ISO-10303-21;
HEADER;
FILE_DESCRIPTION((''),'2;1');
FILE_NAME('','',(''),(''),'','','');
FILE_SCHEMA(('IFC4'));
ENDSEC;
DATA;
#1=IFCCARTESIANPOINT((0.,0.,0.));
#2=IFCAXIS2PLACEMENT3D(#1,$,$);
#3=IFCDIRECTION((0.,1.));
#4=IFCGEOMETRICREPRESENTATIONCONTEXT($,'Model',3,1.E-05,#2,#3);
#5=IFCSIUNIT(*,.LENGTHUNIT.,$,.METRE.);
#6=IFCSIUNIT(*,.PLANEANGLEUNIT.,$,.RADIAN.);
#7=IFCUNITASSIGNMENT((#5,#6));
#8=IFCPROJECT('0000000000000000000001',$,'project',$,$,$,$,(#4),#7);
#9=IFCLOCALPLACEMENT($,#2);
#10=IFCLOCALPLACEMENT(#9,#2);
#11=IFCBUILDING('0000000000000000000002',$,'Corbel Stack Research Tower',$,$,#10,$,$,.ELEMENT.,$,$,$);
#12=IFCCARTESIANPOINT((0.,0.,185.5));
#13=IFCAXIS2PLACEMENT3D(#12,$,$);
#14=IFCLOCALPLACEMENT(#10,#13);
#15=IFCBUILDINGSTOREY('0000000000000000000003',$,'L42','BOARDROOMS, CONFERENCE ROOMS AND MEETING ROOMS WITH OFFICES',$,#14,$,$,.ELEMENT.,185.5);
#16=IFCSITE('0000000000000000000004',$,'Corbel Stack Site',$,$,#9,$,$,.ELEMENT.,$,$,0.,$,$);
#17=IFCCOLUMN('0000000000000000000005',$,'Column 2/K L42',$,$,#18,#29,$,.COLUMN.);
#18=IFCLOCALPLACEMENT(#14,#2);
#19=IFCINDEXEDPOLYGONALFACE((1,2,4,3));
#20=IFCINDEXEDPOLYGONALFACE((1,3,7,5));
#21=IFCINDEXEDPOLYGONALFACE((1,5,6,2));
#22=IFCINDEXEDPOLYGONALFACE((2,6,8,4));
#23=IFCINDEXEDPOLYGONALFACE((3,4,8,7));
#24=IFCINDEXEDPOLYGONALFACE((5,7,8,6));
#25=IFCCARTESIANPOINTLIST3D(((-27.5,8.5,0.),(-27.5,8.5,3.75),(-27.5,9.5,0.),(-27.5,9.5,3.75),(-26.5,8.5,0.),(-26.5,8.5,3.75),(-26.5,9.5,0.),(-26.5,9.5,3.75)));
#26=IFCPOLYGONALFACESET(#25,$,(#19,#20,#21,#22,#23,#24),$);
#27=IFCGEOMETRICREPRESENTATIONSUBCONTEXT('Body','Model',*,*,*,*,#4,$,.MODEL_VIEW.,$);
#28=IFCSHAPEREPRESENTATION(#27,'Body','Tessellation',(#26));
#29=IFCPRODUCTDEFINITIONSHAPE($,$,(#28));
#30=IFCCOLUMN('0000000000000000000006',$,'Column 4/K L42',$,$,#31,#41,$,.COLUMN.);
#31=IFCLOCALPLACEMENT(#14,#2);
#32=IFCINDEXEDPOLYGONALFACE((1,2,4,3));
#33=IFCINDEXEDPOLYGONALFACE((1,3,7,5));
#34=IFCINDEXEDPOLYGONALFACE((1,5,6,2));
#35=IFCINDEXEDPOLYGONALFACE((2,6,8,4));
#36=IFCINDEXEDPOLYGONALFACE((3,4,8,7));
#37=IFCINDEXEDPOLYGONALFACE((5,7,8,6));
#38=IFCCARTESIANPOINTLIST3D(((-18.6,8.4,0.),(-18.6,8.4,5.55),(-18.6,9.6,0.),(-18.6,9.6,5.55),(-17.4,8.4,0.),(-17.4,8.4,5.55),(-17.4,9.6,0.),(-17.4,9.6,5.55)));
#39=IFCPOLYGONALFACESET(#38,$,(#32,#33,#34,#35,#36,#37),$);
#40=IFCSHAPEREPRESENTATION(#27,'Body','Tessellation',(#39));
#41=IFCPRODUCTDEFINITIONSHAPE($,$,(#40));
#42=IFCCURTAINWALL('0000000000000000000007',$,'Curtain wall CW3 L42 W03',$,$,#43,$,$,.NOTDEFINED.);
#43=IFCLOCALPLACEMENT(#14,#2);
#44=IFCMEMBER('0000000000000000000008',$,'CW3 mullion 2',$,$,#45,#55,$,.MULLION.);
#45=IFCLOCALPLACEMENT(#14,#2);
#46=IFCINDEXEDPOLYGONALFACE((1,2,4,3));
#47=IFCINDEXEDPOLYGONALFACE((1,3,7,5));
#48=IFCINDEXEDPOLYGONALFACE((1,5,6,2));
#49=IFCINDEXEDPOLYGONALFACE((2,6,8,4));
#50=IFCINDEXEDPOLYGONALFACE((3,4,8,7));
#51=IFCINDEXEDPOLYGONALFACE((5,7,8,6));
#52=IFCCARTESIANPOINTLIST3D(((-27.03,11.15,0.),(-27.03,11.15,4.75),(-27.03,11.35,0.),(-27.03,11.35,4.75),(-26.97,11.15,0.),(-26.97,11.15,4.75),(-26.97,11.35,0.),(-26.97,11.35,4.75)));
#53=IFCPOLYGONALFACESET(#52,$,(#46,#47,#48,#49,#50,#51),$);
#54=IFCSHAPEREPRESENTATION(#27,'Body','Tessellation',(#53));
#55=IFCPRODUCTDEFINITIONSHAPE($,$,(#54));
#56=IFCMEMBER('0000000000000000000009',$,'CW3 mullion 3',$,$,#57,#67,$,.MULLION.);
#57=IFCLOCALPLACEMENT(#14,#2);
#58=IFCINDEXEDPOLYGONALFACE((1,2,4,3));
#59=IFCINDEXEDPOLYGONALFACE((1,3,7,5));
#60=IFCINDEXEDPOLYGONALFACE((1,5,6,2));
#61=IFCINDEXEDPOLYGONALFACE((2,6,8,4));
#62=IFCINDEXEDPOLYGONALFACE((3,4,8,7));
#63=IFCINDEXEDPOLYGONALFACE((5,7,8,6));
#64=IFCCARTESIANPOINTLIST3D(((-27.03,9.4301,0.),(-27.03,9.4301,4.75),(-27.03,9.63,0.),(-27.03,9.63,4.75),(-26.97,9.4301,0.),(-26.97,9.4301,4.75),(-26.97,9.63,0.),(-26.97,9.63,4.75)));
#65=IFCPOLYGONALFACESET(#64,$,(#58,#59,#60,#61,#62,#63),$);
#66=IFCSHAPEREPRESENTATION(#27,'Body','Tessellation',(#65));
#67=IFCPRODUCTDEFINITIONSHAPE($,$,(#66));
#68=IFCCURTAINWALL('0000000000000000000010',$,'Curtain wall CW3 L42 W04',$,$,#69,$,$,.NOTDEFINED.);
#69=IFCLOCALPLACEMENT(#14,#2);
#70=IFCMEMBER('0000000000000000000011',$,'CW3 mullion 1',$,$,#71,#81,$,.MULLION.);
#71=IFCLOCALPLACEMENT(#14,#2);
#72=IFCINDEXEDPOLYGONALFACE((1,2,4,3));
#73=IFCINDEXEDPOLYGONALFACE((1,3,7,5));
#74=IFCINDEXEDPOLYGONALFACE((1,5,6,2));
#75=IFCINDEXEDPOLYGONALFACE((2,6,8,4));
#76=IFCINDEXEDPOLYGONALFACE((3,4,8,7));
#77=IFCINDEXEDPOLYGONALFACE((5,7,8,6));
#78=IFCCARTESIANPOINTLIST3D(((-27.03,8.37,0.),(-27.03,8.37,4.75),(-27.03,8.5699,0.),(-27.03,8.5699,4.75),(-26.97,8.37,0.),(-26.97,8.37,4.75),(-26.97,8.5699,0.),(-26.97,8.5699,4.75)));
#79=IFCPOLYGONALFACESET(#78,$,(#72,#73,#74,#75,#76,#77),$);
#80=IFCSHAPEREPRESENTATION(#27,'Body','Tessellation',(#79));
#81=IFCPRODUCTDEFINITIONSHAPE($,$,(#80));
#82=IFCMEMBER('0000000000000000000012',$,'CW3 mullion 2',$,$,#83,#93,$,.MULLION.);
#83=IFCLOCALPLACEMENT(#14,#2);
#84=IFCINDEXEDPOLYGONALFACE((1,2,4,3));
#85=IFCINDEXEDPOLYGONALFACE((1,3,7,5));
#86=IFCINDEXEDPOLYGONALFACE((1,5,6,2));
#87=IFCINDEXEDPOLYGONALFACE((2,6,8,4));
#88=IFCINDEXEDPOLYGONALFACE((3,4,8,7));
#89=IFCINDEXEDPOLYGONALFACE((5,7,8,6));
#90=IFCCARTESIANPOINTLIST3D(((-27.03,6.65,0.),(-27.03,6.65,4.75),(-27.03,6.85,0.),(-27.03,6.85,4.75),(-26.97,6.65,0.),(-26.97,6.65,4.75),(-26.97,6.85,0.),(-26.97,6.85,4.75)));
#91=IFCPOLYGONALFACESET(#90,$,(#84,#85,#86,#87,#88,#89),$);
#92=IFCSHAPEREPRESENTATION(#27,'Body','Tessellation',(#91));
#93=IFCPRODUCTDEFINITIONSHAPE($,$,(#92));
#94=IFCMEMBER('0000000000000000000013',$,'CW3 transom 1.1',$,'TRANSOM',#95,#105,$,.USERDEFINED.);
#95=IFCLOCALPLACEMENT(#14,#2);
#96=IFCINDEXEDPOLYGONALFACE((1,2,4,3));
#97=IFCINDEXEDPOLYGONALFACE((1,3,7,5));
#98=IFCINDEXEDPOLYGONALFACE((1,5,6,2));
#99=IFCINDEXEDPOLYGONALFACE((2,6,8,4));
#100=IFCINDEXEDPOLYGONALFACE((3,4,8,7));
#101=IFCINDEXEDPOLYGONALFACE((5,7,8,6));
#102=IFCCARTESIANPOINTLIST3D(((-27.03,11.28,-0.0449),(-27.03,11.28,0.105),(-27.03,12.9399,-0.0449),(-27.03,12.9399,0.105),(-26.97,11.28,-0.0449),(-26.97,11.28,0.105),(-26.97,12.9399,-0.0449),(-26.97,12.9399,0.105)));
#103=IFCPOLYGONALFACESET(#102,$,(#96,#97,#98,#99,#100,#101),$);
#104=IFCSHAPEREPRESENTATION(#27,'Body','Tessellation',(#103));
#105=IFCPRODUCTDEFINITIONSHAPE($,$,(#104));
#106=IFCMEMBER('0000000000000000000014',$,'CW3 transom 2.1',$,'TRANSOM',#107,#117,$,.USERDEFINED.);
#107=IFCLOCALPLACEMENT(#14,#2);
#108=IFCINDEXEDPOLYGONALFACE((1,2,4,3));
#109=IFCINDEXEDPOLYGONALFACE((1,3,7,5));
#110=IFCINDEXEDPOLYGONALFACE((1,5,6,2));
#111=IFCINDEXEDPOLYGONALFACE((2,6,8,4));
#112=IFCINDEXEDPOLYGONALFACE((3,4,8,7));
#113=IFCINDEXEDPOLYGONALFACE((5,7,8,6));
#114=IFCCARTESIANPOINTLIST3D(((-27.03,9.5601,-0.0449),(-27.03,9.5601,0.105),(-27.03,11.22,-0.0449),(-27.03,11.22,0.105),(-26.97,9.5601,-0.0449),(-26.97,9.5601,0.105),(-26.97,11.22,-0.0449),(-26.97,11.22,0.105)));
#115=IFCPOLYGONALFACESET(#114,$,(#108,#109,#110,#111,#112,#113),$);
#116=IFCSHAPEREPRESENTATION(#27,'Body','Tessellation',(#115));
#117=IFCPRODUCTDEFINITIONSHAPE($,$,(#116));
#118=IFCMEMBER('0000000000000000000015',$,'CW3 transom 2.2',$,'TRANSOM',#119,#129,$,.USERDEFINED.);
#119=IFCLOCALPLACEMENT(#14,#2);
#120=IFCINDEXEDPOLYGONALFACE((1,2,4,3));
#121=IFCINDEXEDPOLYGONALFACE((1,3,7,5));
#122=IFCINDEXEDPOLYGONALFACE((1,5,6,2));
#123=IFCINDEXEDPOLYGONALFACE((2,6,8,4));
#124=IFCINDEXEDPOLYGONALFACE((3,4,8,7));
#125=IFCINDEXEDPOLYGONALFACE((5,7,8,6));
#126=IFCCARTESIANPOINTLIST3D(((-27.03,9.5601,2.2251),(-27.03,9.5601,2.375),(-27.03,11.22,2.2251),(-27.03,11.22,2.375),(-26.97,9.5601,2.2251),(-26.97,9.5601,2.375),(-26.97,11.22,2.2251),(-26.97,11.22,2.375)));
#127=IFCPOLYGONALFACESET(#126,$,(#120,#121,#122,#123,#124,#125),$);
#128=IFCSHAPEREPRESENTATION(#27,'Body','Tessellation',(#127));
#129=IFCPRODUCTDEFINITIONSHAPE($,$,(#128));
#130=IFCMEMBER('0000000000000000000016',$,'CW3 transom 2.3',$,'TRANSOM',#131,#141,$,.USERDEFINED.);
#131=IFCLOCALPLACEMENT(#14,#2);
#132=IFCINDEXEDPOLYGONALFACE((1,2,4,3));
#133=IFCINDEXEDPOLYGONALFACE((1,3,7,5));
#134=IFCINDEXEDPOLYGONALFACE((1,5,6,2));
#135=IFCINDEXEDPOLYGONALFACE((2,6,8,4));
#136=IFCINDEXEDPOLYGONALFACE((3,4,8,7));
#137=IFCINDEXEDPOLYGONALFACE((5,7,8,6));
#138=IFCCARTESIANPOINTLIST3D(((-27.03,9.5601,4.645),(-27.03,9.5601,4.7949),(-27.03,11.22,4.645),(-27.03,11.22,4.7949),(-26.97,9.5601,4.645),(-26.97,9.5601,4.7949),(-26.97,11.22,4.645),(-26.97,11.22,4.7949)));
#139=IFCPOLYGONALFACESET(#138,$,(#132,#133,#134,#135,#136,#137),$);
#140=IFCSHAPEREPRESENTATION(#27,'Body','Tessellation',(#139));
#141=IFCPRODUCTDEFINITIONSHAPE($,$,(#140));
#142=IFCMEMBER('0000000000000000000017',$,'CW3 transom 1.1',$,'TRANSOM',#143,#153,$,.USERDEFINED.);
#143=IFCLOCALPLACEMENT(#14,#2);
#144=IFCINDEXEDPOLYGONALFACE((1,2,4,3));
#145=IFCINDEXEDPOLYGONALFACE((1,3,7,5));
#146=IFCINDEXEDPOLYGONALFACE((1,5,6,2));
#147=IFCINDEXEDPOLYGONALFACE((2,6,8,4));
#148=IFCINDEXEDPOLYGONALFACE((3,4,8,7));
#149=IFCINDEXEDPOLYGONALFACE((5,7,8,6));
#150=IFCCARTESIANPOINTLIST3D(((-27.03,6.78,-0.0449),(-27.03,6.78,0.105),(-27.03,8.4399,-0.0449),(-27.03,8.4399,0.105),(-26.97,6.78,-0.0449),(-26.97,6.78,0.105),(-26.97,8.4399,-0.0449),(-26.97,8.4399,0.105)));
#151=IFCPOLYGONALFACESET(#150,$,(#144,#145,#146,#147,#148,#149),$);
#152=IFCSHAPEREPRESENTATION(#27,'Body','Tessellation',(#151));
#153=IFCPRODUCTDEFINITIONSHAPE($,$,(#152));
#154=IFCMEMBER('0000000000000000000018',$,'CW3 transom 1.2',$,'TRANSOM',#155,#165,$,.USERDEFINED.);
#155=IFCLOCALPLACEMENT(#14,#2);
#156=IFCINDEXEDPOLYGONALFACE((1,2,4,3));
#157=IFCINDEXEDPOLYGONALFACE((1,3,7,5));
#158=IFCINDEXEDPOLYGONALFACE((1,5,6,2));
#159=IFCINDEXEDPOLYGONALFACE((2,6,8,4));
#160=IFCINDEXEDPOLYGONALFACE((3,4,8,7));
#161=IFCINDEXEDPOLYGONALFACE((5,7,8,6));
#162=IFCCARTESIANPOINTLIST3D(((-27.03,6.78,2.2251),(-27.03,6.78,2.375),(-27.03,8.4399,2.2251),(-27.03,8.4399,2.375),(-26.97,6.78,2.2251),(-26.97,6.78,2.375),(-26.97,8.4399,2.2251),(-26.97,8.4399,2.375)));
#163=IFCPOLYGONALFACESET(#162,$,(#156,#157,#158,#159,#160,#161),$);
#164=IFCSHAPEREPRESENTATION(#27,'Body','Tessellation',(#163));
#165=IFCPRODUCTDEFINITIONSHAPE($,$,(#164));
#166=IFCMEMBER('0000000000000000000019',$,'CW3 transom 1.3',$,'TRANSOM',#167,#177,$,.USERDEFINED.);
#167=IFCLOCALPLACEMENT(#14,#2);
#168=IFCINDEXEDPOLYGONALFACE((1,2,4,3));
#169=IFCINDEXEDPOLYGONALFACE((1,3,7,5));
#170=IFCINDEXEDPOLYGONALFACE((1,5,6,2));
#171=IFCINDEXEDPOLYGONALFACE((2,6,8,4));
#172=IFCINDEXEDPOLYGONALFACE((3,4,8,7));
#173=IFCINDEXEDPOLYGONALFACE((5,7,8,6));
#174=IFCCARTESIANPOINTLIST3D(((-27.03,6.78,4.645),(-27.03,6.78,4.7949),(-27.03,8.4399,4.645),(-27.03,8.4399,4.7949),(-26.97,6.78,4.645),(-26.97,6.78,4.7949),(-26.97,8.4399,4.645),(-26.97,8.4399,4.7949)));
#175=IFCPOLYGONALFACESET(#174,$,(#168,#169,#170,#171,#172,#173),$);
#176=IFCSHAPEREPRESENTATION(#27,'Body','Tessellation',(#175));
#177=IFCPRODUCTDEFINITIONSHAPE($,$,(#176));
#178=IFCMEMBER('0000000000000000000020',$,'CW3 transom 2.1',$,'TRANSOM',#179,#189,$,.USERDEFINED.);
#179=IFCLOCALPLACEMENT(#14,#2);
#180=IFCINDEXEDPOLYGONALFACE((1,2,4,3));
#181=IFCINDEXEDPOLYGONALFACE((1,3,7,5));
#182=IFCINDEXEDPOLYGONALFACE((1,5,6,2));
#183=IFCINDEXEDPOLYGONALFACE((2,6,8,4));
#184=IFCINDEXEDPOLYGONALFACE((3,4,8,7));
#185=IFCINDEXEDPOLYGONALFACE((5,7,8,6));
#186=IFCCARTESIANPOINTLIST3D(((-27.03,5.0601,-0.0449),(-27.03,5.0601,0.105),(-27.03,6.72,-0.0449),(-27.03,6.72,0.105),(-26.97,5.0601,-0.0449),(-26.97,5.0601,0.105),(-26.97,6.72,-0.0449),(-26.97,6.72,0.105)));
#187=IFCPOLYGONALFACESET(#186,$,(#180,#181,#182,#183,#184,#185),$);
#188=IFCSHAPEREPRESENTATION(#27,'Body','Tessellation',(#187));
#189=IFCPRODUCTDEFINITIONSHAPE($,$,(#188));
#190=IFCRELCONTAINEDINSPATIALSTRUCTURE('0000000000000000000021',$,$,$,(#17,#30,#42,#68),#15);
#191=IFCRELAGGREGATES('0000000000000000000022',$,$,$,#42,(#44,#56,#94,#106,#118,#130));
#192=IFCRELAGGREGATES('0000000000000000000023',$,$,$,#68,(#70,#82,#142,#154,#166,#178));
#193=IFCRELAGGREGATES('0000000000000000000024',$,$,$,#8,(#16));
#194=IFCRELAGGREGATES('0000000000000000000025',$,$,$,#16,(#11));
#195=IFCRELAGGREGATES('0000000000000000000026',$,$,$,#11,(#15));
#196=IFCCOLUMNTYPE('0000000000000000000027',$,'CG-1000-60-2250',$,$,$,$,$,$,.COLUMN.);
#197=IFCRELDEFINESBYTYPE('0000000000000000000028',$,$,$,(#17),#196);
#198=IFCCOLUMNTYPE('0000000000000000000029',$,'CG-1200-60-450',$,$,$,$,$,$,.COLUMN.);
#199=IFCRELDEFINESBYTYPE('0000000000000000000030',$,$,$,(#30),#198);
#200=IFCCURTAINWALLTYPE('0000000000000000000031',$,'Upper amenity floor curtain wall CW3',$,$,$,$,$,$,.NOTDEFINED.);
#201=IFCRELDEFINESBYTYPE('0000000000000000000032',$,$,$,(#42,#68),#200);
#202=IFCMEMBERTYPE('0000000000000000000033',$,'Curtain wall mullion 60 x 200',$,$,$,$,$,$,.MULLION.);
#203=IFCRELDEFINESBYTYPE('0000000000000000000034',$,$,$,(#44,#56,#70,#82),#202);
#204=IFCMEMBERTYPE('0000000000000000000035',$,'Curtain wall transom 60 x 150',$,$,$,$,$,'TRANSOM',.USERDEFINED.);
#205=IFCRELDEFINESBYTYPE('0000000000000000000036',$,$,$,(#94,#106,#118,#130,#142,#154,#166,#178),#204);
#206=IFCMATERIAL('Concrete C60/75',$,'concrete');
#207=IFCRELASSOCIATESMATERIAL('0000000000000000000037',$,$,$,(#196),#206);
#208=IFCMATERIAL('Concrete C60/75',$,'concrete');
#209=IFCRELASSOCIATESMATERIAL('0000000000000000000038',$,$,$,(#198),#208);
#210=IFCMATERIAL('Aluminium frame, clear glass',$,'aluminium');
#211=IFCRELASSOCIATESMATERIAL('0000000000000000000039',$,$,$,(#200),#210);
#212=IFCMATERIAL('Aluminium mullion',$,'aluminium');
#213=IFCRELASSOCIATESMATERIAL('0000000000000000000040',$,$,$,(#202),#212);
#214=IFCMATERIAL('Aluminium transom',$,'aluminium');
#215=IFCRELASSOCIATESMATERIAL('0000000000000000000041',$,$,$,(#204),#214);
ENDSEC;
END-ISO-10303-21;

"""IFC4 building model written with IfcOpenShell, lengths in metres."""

from ifc_helpers import new_model, si_unit, direction, frame, origin, origin_2d, place, context, subcontext, project, spatial, rectangle, extrude, material, material_profile, profile_set, type_object, element, aggregate, save


model = new_model("IFC4")

# Units and contexts
model_context = context("Model", 3, precision=1e-05, world=origin(), true_north=direction((0.0, 1.0)))
body_context = subcontext(model_context, "Body", "Model", "MODEL_VIEW")
ifc_project = project(units=[si_unit("LENGTHUNIT", "METRE"), si_unit("PLANEANGLEUNIT", "RADIAN")], contexts=[model_context])

# Site, building, storey
site_placement = place(None, origin())
site = spatial("IfcSite", under=ifc_project, at=site_placement, Name="Corbel Stack Site", CompositionType="ELEMENT", RefElevation=0.0)
building_placement = place(site_placement, origin())
building = spatial("IfcBuilding", under=site, at=building_placement, Name="Corbel Stack Research Tower", CompositionType="ELEMENT")
storey_placement = place(building_placement, frame((0.0, 0.0, 185.5)))
storey = spatial("IfcBuildingStorey", under=building, at=storey_placement, Name="L42", Description="BOARDROOMS, CONFERENCE ROOMS AND MEETING ROOMS WITH OFFICES", CompositionType="ELEMENT", Elevation=185.5)

# Columns
ifc_material_1 = material(Name="Concrete C60/75", Category="concrete")
ifc_material_profile_1 = material_profile(ifc_material_1, rectangle(XDim=1.0, YDim=1.0, at=origin_2d()), Name="RC 1000 x 1000")
ifc_profile_set_1 = profile_set([ifc_material_profile_1], Name="Concrete C60/75")
column_type_1 = type_object("IfcColumnType", Name="CG-1000-60-2250", PredefinedType="COLUMN", material=ifc_profile_set_1)
column_1_placement = place(storey_placement, frame((-27.0, 9.0, 0.0), z_axis=(0.0, 0.0, 1.0), x_axis=(1.0, 0.0, 0.0)))
element("IfcColumn", 1, at=column_1_placement, inside=storey, type_object=column_type_1, Name="Column 2/K L42", PredefinedType="COLUMN", context=body_context, shape_type="SweptSolid", body=[
    extrude(rectangle(XDim=1.0, YDim=1.0, at=origin_2d()), origin(), (0.0, 0.0, 1.0), 3.75),
])
ifc_material_2 = material(Name="Concrete C60/75", Category="concrete")
ifc_material_profile_2 = material_profile(ifc_material_2, rectangle(XDim=1.2, YDim=1.2, at=origin_2d()), Name="RC 1200 x 1200")
ifc_profile_set_2 = profile_set([ifc_material_profile_2], Name="Concrete C60/75")
column_type_2 = type_object("IfcColumnType", Name="CG-1200-60-450", PredefinedType="COLUMN", material=ifc_profile_set_2)
column_2_placement = place(storey_placement, frame((-18.0, 9.0, 0.0), z_axis=(0.0, 0.0, 1.0), x_axis=(1.0, 0.0, 0.0)))
element("IfcColumn", 2, at=column_2_placement, inside=storey, type_object=column_type_2, Name="Column 4/K L42", PredefinedType="COLUMN", context=body_context, shape_type="SweptSolid", body=[
    extrude(rectangle(XDim=1.2, YDim=1.2, at=origin_2d()), origin(), (0.0, 0.0, 1.0), 5.55),
])

# Curtain walls, members
ifc_material_3 = material(Name="Aluminium frame, clear glass", Category="aluminium")
curtain_wall_type = type_object("IfcCurtainWallType", Name="Upper amenity floor curtain wall CW3", PredefinedType="NOTDEFINED", material=ifc_material_3)
curtain_wall_1_placement = place(storey_placement, origin())
curtain_wall_1 = element("IfcCurtainWall", 3, at=curtain_wall_1_placement, inside=storey, type_object=curtain_wall_type, Name="Curtain wall CW3 L42 W03", PredefinedType="NOTDEFINED")
ifc_material_4 = material(Name="Aluminium mullion", Category="aluminium")
ifc_material_profile_3 = material_profile(ifc_material_4, rectangle(XDim=0.0601, YDim=0.2, at=origin_2d()), Name="Mullion 60 x 200")
ifc_profile_set_3 = profile_set([ifc_material_profile_3], Name="Aluminium mullion")
member_type_1 = type_object("IfcMemberType", Name="Curtain wall mullion 60 x 200", PredefinedType="MULLION", material=ifc_profile_set_3)
member_1_placement = place(storey_placement, frame((-27.0, 11.25, 0.0), z_axis=(0.0, 0.0, 1.0), x_axis=(1.0, 0.0, 0.0)))
member_1 = element("IfcMember", 4, at=member_1_placement, type_object=member_type_1, Name="CW3 mullion 2", PredefinedType="MULLION", context=body_context, shape_type="SweptSolid", body=[
    extrude(rectangle(XDim=0.0601, YDim=0.2, at=origin_2d()), origin(), (0.0, 0.0, 1.0), 4.75),
])
member_2_placement = place(storey_placement, frame((-27.0, 9.53, 0.0), z_axis=(0.0, 0.0, 1.0), x_axis=(1.0, 0.0, 0.0)))
member_2 = element("IfcMember", 5, at=member_2_placement, type_object=member_type_1, Name="CW3 mullion 3", PredefinedType="MULLION", context=body_context, shape_type="SweptSolid", body=[
    extrude(rectangle(XDim=0.0601, YDim=0.2, at=origin_2d()), origin(), (0.0, 0.0, 1.0), 4.75),
])
curtain_wall_2_placement = place(storey_placement, origin())
curtain_wall_2 = element("IfcCurtainWall", 6, at=curtain_wall_2_placement, inside=storey, type_object=curtain_wall_type, Name="Curtain wall CW3 L42 W04", PredefinedType="NOTDEFINED")
member_3_placement = place(storey_placement, frame((-27.0, 8.47, 0.0), z_axis=(0.0, 0.0, 1.0), x_axis=(1.0, 0.0, 0.0)))
member_3 = element("IfcMember", 7, at=member_3_placement, type_object=member_type_1, Name="CW3 mullion 1", PredefinedType="MULLION", context=body_context, shape_type="SweptSolid", body=[
    extrude(rectangle(XDim=0.0601, YDim=0.2, at=origin_2d()), origin(), (0.0, 0.0, 1.0), 4.75),
])
member_4_placement = place(storey_placement, frame((-27.0, 6.75, 0.0), z_axis=(0.0, 0.0, 1.0), x_axis=(1.0, 0.0, 0.0)))
member_4 = element("IfcMember", 8, at=member_4_placement, type_object=member_type_1, Name="CW3 mullion 2", PredefinedType="MULLION", context=body_context, shape_type="SweptSolid", body=[
    extrude(rectangle(XDim=0.0601, YDim=0.2, at=origin_2d()), origin(), (0.0, 0.0, 1.0), 4.75),
])

# Members
ifc_material_5 = material(Name="Aluminium transom", Category="aluminium")
ifc_material_profile_4 = material_profile(ifc_material_5, rectangle(XDim=0.0601, YDim=0.1499, at=origin_2d()), Name="Transom 60 x 150")
ifc_profile_set_4 = profile_set([ifc_material_profile_4], Name="Aluminium transom")
member_type_2 = type_object("IfcMemberType", Name="Curtain wall transom 60 x 150", ElementType="TRANSOM", PredefinedType="USERDEFINED", material=ifc_profile_set_4)
member_5_placement = place(storey_placement, frame((-27.0, 12.9399, 0.03), z_axis=(0.0, -1.0, 0.0), x_axis=(1.0, 0.0, 0.0)))
member_5 = element("IfcMember", 9, at=member_5_placement, type_object=member_type_2, Name="CW3 transom 1.1", ObjectType="TRANSOM", PredefinedType="USERDEFINED", context=body_context, shape_type="SweptSolid", body=[
    extrude(rectangle(XDim=0.0601, YDim=0.1499, at=origin_2d()), origin(), (0.0, 0.0, 1.0), 1.6599),
])
member_6_placement = place(storey_placement, frame((-27.0, 11.22, 0.03), z_axis=(0.0, -1.0, 0.0), x_axis=(1.0, 0.0, 0.0)))
member_6 = element("IfcMember", 10, at=member_6_placement, type_object=member_type_2, Name="CW3 transom 2.1", ObjectType="TRANSOM", PredefinedType="USERDEFINED", context=body_context, shape_type="SweptSolid", body=[
    extrude(rectangle(XDim=0.0601, YDim=0.1499, at=origin_2d()), origin(), (0.0, 0.0, 1.0), 1.6599),
])
member_7_placement = place(storey_placement, frame((-27.0, 11.22, 2.3), z_axis=(0.0, -1.0, 0.0), x_axis=(1.0, 0.0, 0.0)))
member_7 = element("IfcMember", 11, at=member_7_placement, type_object=member_type_2, Name="CW3 transom 2.2", ObjectType="TRANSOM", PredefinedType="USERDEFINED", context=body_context, shape_type="SweptSolid", body=[
    extrude(rectangle(XDim=0.0601, YDim=0.1499, at=origin_2d()), origin(), (0.0, 0.0, 1.0), 1.6599),
])
member_8_placement = place(storey_placement, frame((-27.0, 11.22, 4.72), z_axis=(0.0, -1.0, 0.0), x_axis=(1.0, 0.0, 0.0)))
member_8 = element("IfcMember", 12, at=member_8_placement, type_object=member_type_2, Name="CW3 transom 2.3", ObjectType="TRANSOM", PredefinedType="USERDEFINED", context=body_context, shape_type="SweptSolid", body=[
    extrude(rectangle(XDim=0.0601, YDim=0.1499, at=origin_2d()), origin(), (0.0, 0.0, 1.0), 1.6599),
])
member_9_placement = place(storey_placement, frame((-27.0, 8.4399, 0.03), z_axis=(0.0, -1.0, 0.0), x_axis=(1.0, 0.0, 0.0)))
member_9 = element("IfcMember", 13, at=member_9_placement, type_object=member_type_2, Name="CW3 transom 1.1", ObjectType="TRANSOM", PredefinedType="USERDEFINED", context=body_context, shape_type="SweptSolid", body=[
    extrude(rectangle(XDim=0.0601, YDim=0.1499, at=origin_2d()), origin(), (0.0, 0.0, 1.0), 1.6599),
])
member_10_placement = place(storey_placement, frame((-27.0, 8.4399, 2.3), z_axis=(0.0, -1.0, 0.0), x_axis=(1.0, 0.0, 0.0)))
member_10 = element("IfcMember", 14, at=member_10_placement, type_object=member_type_2, Name="CW3 transom 1.2", ObjectType="TRANSOM", PredefinedType="USERDEFINED", context=body_context, shape_type="SweptSolid", body=[
    extrude(rectangle(XDim=0.0601, YDim=0.1499, at=origin_2d()), origin(), (0.0, 0.0, 1.0), 1.6599),
])
member_11_placement = place(storey_placement, frame((-27.0, 8.4399, 4.72), z_axis=(0.0, -1.0, 0.0), x_axis=(1.0, 0.0, 0.0)))
member_11 = element("IfcMember", 15, at=member_11_placement, type_object=member_type_2, Name="CW3 transom 1.3", ObjectType="TRANSOM", PredefinedType="USERDEFINED", context=body_context, shape_type="SweptSolid", body=[
    extrude(rectangle(XDim=0.0601, YDim=0.1499, at=origin_2d()), origin(), (0.0, 0.0, 1.0), 1.6599),
])
member_12_placement = place(storey_placement, frame((-27.0, 6.72, 0.03), z_axis=(0.0, -1.0, 0.0), x_axis=(1.0, 0.0, 0.0)))
member_12 = element("IfcMember", 16, at=member_12_placement, type_object=member_type_2, Name="CW3 transom 2.1", ObjectType="TRANSOM", PredefinedType="USERDEFINED", context=body_context, shape_type="SweptSolid", body=[
    extrude(rectangle(XDim=0.0601, YDim=0.1499, at=origin_2d()), origin(), (0.0, 0.0, 1.0), 1.6599),
])

aggregate(curtain_wall_1, [member_1, member_2, member_5, member_6, member_7, member_8])
aggregate(curtain_wall_2, [member_3, member_4, member_9, member_10, member_11, member_12])

save(model, "model.ifc")
